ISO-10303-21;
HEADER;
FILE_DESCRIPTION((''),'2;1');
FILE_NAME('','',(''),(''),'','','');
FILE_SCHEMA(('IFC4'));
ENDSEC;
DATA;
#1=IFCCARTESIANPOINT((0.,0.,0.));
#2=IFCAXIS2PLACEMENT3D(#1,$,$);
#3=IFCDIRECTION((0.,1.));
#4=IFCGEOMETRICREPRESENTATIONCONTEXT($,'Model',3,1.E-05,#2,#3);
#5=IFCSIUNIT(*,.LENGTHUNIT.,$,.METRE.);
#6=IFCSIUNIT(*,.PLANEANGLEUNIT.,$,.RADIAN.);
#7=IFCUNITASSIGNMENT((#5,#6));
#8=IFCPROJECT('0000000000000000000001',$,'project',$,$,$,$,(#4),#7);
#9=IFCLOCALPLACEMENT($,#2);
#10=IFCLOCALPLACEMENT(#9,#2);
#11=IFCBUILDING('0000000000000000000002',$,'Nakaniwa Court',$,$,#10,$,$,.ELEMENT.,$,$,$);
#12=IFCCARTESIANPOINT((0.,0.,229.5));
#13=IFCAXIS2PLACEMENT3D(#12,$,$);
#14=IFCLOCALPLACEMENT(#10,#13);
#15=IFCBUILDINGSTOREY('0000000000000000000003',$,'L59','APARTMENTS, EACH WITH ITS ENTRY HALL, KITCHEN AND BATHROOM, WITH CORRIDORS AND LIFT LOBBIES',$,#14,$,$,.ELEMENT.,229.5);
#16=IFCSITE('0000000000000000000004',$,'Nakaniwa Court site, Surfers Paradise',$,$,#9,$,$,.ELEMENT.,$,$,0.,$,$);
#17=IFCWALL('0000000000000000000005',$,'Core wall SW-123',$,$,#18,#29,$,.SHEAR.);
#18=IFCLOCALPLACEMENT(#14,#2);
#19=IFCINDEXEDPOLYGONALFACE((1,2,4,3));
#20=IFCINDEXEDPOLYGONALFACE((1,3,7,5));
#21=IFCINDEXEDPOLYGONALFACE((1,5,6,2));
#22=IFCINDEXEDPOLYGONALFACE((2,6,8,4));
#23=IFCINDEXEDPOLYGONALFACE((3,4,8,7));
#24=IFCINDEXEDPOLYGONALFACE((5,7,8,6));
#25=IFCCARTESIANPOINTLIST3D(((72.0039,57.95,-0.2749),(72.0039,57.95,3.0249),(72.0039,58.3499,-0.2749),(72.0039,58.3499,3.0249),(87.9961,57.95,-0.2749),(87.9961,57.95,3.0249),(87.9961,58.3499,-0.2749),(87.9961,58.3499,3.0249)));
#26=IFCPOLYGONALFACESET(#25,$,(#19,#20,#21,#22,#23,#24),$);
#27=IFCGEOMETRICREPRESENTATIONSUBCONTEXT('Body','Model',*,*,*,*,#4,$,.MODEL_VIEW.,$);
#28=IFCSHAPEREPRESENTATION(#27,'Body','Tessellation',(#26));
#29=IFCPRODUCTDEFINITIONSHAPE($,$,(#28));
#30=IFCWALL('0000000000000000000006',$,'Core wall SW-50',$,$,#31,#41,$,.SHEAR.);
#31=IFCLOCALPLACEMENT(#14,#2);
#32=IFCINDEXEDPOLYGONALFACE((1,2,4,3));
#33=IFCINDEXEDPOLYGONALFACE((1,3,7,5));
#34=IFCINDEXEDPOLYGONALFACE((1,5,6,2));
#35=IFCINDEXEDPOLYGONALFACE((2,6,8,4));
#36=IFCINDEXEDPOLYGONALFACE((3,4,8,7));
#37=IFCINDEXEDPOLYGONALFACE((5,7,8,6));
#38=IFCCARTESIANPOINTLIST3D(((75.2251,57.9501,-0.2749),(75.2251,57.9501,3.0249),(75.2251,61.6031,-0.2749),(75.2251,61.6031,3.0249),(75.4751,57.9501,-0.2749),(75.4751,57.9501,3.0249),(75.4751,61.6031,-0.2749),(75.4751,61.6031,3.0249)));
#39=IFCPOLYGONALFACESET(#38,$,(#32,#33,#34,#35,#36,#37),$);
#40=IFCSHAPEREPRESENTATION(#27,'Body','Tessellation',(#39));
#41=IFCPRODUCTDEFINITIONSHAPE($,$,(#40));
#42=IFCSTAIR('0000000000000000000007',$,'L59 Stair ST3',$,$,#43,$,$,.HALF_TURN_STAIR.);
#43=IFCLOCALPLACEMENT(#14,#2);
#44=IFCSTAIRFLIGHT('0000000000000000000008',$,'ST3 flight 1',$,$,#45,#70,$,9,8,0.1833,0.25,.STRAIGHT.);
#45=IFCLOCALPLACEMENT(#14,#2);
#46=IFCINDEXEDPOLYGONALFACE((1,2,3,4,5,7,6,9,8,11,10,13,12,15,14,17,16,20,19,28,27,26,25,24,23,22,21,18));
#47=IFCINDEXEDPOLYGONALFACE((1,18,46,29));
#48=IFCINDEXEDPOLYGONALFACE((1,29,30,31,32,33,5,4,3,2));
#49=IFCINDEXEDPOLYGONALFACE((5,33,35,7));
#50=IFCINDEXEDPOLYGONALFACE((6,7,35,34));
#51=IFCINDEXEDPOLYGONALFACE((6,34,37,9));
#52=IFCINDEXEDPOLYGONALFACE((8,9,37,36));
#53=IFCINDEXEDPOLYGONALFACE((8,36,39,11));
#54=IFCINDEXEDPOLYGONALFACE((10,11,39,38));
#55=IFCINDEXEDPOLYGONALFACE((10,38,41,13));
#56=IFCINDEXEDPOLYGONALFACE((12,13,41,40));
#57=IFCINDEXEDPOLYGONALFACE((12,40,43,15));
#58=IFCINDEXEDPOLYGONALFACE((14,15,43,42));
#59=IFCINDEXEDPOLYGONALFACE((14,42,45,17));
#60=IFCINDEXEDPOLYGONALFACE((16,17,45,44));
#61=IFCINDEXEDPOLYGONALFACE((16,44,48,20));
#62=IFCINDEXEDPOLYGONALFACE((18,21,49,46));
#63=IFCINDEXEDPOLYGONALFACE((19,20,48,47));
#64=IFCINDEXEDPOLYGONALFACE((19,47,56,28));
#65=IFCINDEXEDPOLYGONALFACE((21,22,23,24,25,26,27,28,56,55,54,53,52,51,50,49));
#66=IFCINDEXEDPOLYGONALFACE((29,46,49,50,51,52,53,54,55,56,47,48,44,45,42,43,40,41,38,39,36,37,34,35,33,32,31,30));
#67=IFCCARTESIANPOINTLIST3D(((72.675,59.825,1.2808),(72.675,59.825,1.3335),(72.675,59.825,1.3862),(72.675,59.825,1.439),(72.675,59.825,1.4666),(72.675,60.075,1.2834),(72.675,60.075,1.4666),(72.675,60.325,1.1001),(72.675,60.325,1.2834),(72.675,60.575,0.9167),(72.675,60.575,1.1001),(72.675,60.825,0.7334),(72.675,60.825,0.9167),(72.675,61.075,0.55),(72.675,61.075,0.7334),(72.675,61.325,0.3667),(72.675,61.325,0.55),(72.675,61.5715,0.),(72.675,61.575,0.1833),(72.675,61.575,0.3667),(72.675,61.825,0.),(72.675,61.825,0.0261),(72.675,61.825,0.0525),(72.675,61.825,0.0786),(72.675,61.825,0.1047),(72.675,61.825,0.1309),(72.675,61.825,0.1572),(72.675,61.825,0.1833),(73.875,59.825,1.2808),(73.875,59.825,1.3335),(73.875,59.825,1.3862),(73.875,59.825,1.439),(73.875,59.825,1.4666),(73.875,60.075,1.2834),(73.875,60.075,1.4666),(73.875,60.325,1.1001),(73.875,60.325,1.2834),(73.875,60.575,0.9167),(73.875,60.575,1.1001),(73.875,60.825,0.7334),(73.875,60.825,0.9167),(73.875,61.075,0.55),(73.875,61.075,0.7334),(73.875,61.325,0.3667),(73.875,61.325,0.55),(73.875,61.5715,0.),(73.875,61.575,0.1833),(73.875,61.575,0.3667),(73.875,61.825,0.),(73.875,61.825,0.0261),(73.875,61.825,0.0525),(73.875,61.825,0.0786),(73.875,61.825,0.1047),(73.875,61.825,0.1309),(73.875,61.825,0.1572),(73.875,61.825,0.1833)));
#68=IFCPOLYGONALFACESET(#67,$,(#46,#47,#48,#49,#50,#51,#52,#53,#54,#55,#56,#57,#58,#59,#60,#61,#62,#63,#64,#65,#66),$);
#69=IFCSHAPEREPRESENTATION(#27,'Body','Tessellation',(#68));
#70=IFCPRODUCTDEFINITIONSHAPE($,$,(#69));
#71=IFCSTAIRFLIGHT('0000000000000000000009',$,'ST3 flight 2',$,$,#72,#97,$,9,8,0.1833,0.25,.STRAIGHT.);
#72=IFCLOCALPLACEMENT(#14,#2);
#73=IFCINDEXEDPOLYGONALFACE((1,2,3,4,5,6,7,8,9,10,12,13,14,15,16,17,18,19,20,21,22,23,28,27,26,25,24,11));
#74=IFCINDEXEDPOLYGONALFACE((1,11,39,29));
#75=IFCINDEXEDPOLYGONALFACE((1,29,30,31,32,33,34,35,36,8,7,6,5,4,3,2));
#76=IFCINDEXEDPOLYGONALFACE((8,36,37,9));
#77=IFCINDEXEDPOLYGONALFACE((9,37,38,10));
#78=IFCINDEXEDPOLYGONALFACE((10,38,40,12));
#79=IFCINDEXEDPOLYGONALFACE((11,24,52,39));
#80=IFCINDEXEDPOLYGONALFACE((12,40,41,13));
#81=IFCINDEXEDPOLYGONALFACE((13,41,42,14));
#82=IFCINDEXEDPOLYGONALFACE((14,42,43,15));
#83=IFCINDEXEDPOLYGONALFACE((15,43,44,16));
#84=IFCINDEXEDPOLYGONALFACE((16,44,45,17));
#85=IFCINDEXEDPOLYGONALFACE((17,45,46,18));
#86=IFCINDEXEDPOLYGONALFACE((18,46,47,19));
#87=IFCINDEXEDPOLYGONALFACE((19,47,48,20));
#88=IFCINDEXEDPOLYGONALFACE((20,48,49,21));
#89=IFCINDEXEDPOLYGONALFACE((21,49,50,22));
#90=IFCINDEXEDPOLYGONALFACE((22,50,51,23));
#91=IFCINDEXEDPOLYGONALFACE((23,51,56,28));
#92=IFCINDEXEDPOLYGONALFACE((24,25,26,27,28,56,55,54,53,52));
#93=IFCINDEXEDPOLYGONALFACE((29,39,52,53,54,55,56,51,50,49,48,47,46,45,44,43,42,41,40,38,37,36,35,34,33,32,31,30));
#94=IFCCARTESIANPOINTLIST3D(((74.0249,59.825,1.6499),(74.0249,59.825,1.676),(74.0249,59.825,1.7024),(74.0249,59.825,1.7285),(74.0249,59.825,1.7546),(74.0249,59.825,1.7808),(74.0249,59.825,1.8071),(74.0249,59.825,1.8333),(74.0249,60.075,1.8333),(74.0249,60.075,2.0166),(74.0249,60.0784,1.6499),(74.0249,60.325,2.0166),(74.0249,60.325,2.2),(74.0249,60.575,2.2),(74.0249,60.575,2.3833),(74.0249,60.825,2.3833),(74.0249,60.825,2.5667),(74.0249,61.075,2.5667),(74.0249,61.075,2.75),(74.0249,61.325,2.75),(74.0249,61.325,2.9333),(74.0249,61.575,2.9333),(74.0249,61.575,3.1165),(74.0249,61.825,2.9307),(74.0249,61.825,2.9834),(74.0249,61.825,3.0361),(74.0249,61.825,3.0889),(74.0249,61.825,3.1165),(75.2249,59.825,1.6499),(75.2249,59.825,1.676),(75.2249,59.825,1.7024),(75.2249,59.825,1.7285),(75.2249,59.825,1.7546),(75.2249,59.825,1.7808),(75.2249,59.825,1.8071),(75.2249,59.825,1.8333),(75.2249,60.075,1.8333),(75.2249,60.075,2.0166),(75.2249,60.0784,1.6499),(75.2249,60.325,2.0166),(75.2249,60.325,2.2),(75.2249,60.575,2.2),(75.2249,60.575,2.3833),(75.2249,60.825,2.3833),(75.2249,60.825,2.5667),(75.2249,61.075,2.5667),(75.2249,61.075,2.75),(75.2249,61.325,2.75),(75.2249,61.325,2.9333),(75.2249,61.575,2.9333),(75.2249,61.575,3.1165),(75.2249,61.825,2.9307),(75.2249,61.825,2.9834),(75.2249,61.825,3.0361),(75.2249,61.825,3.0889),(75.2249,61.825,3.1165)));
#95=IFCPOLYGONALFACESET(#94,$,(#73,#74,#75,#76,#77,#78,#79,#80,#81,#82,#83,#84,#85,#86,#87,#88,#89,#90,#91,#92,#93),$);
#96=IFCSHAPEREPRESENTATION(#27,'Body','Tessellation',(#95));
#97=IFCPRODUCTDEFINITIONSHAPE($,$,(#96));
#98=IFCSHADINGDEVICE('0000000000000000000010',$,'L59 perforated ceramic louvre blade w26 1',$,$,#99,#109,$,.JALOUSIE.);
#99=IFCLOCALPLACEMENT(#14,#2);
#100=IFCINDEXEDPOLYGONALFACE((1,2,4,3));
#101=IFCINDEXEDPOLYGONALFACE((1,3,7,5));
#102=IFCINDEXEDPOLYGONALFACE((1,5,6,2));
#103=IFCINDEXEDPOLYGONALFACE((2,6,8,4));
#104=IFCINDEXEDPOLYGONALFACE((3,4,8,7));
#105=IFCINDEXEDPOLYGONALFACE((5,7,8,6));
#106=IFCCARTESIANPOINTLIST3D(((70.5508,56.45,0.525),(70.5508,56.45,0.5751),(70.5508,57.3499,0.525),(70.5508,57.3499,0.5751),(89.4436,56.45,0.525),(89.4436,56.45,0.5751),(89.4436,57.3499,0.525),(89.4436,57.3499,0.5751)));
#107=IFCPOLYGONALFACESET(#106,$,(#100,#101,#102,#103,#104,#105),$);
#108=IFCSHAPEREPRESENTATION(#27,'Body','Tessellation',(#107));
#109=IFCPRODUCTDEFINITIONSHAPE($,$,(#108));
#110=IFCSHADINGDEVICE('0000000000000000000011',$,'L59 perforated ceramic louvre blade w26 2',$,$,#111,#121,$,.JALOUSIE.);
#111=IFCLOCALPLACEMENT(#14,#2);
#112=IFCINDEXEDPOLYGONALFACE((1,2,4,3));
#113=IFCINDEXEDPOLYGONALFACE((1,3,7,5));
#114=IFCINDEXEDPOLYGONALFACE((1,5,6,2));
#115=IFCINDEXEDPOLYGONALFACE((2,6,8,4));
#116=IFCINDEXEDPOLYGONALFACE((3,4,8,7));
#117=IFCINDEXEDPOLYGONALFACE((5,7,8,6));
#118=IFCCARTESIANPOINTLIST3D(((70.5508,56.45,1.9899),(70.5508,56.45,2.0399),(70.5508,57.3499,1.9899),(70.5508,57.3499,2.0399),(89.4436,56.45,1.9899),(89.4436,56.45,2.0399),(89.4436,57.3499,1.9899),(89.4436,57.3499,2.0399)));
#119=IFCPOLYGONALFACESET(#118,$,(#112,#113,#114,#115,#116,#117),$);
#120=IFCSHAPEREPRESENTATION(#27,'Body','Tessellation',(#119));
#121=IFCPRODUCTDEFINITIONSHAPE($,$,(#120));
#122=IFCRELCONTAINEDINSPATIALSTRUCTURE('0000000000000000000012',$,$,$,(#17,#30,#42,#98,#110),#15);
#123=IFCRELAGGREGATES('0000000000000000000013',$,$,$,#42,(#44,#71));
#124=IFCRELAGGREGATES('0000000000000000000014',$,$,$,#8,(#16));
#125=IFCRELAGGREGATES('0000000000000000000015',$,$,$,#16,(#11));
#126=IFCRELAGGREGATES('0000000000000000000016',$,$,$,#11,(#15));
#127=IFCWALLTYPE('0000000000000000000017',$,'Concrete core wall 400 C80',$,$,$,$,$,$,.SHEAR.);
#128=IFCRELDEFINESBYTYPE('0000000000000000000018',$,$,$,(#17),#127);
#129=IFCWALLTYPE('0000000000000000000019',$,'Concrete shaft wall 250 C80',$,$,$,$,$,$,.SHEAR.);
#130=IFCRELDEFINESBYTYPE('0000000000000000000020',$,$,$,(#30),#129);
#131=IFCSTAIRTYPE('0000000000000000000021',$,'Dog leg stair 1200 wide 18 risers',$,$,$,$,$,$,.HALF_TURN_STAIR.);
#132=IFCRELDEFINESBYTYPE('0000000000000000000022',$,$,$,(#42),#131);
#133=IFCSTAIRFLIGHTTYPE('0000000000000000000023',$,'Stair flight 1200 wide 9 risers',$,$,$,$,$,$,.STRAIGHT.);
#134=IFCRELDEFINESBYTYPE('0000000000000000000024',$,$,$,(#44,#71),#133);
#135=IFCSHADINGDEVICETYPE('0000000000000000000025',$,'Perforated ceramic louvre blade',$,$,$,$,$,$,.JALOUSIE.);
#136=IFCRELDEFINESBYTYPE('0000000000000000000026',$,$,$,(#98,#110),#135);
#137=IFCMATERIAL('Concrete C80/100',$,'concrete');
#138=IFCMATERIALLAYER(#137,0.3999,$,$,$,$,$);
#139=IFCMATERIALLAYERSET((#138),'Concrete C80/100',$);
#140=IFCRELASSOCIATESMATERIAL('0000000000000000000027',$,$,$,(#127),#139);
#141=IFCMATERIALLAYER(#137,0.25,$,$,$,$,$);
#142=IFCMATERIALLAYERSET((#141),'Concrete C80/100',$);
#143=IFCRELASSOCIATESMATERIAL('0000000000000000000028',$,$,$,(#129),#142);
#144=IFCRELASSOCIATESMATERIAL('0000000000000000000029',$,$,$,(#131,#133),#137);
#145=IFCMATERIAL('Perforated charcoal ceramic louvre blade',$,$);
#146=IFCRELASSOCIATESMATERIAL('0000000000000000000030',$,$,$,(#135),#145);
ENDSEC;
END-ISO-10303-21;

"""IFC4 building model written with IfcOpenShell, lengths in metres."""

from ifc_helpers import new_model, si_unit, direction, frame, frame_2d, origin, origin_2d, place, context, subcontext, project, spatial, polyline, rectangle, outline, extrude, material, layer, layer_set, material_profile, profile_set, type_object, element, aggregate, save


model = new_model("IFC4")

# Units and contexts
model_context = context("Model", 3, precision=1e-05, world=origin(), true_north=direction((0.0, 1.0)))
body_context = subcontext(model_context, "Body", "Model", "MODEL_VIEW")
ifc_project = project(units=[si_unit("LENGTHUNIT", "METRE"), si_unit("PLANEANGLEUNIT", "RADIAN")], contexts=[model_context])

# Site, building, storey
site_placement = place(None, origin())
site = spatial("IfcSite", under=ifc_project, at=site_placement, Name="Nakaniwa Court site, Surfers Paradise", CompositionType="ELEMENT", RefElevation=0.0)
building_placement = place(site_placement, origin())
building = spatial("IfcBuilding", under=site, at=building_placement, Name="Nakaniwa Court", CompositionType="ELEMENT")
storey_placement = place(building_placement, frame((0.0, 0.0, 229.5)))
storey = spatial("IfcBuildingStorey", under=building, at=storey_placement, Name="L59", Description="APARTMENTS, EACH WITH ITS ENTRY HALL, KITCHEN AND BATHROOM, WITH CORRIDORS AND LIFT LOBBIES", CompositionType="ELEMENT", Elevation=229.5)

# Shared definitions
ifc_material_1 = material(Name="Concrete C80/100", Category="concrete")

# Walls
ifc_layer_1 = layer(ifc_material_1, 0.3999)
ifc_layer_set_1 = layer_set([ifc_layer_1], Name="Concrete C80/100")
wall_type_1 = type_object("IfcWallType", Name="Concrete core wall 400 C80", PredefinedType="SHEAR", material=ifc_layer_set_1)
wall_1_placement = place(storey_placement, frame((72.0039, 58.1499, -0.2749), z_axis=(0.0, 0.0, 1.0), x_axis=(1.0, 0.0, 0.0)))
element("IfcWall", 1, at=wall_1_placement, inside=storey, type_object=wall_type_1, Name="Core wall SW-123", PredefinedType="SHEAR", context=body_context, shape_type="SweptSolid", body=[
    extrude(rectangle(XDim=15.9922, YDim=0.3999, at=frame_2d((7.9961, 0.0))), origin(), (0.0, 0.0, 1.0), 3.2998),
])
ifc_layer_2 = layer(ifc_material_1, 0.25)
ifc_layer_set_2 = layer_set([ifc_layer_2], Name="Concrete C80/100")
wall_type_2 = type_object("IfcWallType", Name="Concrete shaft wall 250 C80", PredefinedType="SHEAR", material=ifc_layer_set_2)
wall_2_placement = place(storey_placement, frame((75.3501, 57.95, -0.2749), z_axis=(0.0, 0.0, 1.0), x_axis=(0.0, 1.0, 0.0)))
element("IfcWall", 2, at=wall_2_placement, inside=storey, type_object=wall_type_2, Name="Core wall SW-50", PredefinedType="SHEAR", context=body_context, shape_type="SweptSolid", body=[
    extrude(rectangle(XDim=3.6531, YDim=0.25, at=frame_2d((1.8267, 0.0))), origin(), (0.0, 0.0, 1.0), 3.2998),
])

# Stair, stair flights
stair_type = type_object("IfcStairType", Name="Dog leg stair 1200 wide 18 risers", PredefinedType="HALF_TURN_STAIR", material=ifc_material_1)
stair_placement = place(storey_placement, origin())
stair = element("IfcStair", 3, at=stair_placement, inside=storey, type_object=stair_type, Name="L59 Stair ST3", PredefinedType="HALF_TURN_STAIR")
stair_flight_type = type_object("IfcStairFlightType", Name="Stair flight 1200 wide 9 risers", PredefinedType="STRAIGHT", material=ifc_material_1)
stair_flight_1_placement = place(storey_placement, frame((73.2749, 61.825, 0.0), z_axis=(0.0, 0.0, 1.0), x_axis=(0.0, -1.0, 0.0)))
stair_flight_1 = element("IfcStairFlight", 4, at=stair_flight_1_placement, type_object=stair_flight_type, Name="ST3 flight 1", NumberOfRisers=9, NumberOfTreads=8, PredefinedType="STRAIGHT", RiserHeight=0.1833, TreadLength=0.25, context=body_context, shape_type="SweptSolid", body=[
    extrude(outline(polyline([(0.0, 0.0), (0.0, 0.0261), (0.0, 0.0525), (0.0, 0.0786), (0.0, 0.1047), (0.0, 0.1309), (0.0, 0.1572), (0.0, 0.1833), (0.25, 0.1833), (0.25, 0.3667), (0.5, 0.3667), (0.5, 0.55), (0.75, 0.55), (0.75, 0.7334), (1.0, 0.7334), (1.0, 0.9167), (1.25, 0.9167), (1.25, 1.1001), (1.5, 1.1001), (1.5, 1.2834), (1.75, 1.2834), (1.75, 1.4666), (2.0, 1.4666), (2.0, 1.6499), (2.0, 1.5972), (2.0, 1.5444), (2.0, 1.4917), (2.0, 1.439), (2.0, 1.3862), (2.0, 1.3335), (2.0, 1.2808), (0.2534, 0.0), (0.0, 0.0)])), frame((0.0, 0.6001, 0.0), z_axis=(0.0, -1.0, 0.0), x_axis=(1.0, 0.0, 0.0)), (0.0, 0.0, 1.0), 1.2),
])
stair_flight_2_placement = place(storey_placement, frame((74.625, 59.825, 1.6499), z_axis=(0.0, 0.0, 1.0), x_axis=(0.0, 1.0, 0.0)))
stair_flight_2 = element("IfcStairFlight", 5, at=stair_flight_2_placement, type_object=stair_flight_type, Name="ST3 flight 2", NumberOfRisers=9, NumberOfTreads=8, PredefinedType="STRAIGHT", RiserHeight=0.1833, TreadLength=0.25, context=body_context, shape_type="SweptSolid", body=[
    extrude(outline(polyline([(0.0, 0.0), (0.0, 0.0261), (0.0, 0.0525), (0.0, 0.0786), (0.0, 0.1047), (0.0, 0.1309), (0.0, 0.1572), (0.0, 0.1833), (0.25, 0.1833), (0.25, 0.3667), (0.5, 0.3667), (0.5, 0.55), (0.75, 0.55), (0.75, 0.7334), (1.0, 0.7334), (1.0, 0.9167), (1.25, 0.9167), (1.25, 1.1001), (1.5, 1.1001), (1.5, 1.2834), (1.75, 1.2834), (1.75, 1.4666), (2.0, 1.4666), (2.0, 1.6499), (2.0, 1.5972), (2.0, 1.5444), (2.0, 1.4917), (2.0, 1.439), (2.0, 1.3862), (2.0, 1.3335), (2.0, 1.2808), (0.2534, 0.0), (0.0, 0.0)])), frame((0.0, 0.6001, 0.0), z_axis=(0.0, -1.0, 0.0), x_axis=(1.0, 0.0, 0.0)), (0.0, 0.0, 1.0), 1.2),
])
aggregate(stair, [stair_flight_1, stair_flight_2])

# Shading devices
ifc_material_2 = material(Name="Perforated charcoal ceramic louvre blade")
ifc_material_profile = material_profile(ifc_material_2, rectangle(XDim=0.8999, YDim=0.05, at=origin_2d()), Name="Perforated ceramic louvre blade")
ifc_profile_set = profile_set([ifc_material_profile], Name="Perforated charcoal ceramic louvre blade")
shading_device_type = type_object("IfcShadingDeviceType", Name="Perforated ceramic louvre blade", PredefinedType="JALOUSIE", material=ifc_profile_set)
for number, where, z_axis, x_axis, name in (
    (6, (70.5508, 56.8999, 0.55), (1.0, 0.0, 0.0), (0.0, 1.0, 0.0), "L59 perforated ceramic louvre blade w26 1"),
    (7, (70.5508, 56.8999, 2.0149), (1.0, 0.0, 0.0), (0.0, 1.0, 0.0), "L59 perforated ceramic louvre blade w26 2"),
):
    element("IfcShadingDevice", number, at=place(storey_placement, frame(where, z_axis=z_axis, x_axis=x_axis)), inside=storey, type_object=shading_device_type, Name=name, PredefinedType="JALOUSIE", context=body_context, shape_type="SweptSolid", body=[
        extrude(rectangle(XDim=0.8999, YDim=0.05, at=origin_2d()), origin(), (0.0, 0.0, 1.0), 18.8928),
    ])

save(model, "model.ifc")
